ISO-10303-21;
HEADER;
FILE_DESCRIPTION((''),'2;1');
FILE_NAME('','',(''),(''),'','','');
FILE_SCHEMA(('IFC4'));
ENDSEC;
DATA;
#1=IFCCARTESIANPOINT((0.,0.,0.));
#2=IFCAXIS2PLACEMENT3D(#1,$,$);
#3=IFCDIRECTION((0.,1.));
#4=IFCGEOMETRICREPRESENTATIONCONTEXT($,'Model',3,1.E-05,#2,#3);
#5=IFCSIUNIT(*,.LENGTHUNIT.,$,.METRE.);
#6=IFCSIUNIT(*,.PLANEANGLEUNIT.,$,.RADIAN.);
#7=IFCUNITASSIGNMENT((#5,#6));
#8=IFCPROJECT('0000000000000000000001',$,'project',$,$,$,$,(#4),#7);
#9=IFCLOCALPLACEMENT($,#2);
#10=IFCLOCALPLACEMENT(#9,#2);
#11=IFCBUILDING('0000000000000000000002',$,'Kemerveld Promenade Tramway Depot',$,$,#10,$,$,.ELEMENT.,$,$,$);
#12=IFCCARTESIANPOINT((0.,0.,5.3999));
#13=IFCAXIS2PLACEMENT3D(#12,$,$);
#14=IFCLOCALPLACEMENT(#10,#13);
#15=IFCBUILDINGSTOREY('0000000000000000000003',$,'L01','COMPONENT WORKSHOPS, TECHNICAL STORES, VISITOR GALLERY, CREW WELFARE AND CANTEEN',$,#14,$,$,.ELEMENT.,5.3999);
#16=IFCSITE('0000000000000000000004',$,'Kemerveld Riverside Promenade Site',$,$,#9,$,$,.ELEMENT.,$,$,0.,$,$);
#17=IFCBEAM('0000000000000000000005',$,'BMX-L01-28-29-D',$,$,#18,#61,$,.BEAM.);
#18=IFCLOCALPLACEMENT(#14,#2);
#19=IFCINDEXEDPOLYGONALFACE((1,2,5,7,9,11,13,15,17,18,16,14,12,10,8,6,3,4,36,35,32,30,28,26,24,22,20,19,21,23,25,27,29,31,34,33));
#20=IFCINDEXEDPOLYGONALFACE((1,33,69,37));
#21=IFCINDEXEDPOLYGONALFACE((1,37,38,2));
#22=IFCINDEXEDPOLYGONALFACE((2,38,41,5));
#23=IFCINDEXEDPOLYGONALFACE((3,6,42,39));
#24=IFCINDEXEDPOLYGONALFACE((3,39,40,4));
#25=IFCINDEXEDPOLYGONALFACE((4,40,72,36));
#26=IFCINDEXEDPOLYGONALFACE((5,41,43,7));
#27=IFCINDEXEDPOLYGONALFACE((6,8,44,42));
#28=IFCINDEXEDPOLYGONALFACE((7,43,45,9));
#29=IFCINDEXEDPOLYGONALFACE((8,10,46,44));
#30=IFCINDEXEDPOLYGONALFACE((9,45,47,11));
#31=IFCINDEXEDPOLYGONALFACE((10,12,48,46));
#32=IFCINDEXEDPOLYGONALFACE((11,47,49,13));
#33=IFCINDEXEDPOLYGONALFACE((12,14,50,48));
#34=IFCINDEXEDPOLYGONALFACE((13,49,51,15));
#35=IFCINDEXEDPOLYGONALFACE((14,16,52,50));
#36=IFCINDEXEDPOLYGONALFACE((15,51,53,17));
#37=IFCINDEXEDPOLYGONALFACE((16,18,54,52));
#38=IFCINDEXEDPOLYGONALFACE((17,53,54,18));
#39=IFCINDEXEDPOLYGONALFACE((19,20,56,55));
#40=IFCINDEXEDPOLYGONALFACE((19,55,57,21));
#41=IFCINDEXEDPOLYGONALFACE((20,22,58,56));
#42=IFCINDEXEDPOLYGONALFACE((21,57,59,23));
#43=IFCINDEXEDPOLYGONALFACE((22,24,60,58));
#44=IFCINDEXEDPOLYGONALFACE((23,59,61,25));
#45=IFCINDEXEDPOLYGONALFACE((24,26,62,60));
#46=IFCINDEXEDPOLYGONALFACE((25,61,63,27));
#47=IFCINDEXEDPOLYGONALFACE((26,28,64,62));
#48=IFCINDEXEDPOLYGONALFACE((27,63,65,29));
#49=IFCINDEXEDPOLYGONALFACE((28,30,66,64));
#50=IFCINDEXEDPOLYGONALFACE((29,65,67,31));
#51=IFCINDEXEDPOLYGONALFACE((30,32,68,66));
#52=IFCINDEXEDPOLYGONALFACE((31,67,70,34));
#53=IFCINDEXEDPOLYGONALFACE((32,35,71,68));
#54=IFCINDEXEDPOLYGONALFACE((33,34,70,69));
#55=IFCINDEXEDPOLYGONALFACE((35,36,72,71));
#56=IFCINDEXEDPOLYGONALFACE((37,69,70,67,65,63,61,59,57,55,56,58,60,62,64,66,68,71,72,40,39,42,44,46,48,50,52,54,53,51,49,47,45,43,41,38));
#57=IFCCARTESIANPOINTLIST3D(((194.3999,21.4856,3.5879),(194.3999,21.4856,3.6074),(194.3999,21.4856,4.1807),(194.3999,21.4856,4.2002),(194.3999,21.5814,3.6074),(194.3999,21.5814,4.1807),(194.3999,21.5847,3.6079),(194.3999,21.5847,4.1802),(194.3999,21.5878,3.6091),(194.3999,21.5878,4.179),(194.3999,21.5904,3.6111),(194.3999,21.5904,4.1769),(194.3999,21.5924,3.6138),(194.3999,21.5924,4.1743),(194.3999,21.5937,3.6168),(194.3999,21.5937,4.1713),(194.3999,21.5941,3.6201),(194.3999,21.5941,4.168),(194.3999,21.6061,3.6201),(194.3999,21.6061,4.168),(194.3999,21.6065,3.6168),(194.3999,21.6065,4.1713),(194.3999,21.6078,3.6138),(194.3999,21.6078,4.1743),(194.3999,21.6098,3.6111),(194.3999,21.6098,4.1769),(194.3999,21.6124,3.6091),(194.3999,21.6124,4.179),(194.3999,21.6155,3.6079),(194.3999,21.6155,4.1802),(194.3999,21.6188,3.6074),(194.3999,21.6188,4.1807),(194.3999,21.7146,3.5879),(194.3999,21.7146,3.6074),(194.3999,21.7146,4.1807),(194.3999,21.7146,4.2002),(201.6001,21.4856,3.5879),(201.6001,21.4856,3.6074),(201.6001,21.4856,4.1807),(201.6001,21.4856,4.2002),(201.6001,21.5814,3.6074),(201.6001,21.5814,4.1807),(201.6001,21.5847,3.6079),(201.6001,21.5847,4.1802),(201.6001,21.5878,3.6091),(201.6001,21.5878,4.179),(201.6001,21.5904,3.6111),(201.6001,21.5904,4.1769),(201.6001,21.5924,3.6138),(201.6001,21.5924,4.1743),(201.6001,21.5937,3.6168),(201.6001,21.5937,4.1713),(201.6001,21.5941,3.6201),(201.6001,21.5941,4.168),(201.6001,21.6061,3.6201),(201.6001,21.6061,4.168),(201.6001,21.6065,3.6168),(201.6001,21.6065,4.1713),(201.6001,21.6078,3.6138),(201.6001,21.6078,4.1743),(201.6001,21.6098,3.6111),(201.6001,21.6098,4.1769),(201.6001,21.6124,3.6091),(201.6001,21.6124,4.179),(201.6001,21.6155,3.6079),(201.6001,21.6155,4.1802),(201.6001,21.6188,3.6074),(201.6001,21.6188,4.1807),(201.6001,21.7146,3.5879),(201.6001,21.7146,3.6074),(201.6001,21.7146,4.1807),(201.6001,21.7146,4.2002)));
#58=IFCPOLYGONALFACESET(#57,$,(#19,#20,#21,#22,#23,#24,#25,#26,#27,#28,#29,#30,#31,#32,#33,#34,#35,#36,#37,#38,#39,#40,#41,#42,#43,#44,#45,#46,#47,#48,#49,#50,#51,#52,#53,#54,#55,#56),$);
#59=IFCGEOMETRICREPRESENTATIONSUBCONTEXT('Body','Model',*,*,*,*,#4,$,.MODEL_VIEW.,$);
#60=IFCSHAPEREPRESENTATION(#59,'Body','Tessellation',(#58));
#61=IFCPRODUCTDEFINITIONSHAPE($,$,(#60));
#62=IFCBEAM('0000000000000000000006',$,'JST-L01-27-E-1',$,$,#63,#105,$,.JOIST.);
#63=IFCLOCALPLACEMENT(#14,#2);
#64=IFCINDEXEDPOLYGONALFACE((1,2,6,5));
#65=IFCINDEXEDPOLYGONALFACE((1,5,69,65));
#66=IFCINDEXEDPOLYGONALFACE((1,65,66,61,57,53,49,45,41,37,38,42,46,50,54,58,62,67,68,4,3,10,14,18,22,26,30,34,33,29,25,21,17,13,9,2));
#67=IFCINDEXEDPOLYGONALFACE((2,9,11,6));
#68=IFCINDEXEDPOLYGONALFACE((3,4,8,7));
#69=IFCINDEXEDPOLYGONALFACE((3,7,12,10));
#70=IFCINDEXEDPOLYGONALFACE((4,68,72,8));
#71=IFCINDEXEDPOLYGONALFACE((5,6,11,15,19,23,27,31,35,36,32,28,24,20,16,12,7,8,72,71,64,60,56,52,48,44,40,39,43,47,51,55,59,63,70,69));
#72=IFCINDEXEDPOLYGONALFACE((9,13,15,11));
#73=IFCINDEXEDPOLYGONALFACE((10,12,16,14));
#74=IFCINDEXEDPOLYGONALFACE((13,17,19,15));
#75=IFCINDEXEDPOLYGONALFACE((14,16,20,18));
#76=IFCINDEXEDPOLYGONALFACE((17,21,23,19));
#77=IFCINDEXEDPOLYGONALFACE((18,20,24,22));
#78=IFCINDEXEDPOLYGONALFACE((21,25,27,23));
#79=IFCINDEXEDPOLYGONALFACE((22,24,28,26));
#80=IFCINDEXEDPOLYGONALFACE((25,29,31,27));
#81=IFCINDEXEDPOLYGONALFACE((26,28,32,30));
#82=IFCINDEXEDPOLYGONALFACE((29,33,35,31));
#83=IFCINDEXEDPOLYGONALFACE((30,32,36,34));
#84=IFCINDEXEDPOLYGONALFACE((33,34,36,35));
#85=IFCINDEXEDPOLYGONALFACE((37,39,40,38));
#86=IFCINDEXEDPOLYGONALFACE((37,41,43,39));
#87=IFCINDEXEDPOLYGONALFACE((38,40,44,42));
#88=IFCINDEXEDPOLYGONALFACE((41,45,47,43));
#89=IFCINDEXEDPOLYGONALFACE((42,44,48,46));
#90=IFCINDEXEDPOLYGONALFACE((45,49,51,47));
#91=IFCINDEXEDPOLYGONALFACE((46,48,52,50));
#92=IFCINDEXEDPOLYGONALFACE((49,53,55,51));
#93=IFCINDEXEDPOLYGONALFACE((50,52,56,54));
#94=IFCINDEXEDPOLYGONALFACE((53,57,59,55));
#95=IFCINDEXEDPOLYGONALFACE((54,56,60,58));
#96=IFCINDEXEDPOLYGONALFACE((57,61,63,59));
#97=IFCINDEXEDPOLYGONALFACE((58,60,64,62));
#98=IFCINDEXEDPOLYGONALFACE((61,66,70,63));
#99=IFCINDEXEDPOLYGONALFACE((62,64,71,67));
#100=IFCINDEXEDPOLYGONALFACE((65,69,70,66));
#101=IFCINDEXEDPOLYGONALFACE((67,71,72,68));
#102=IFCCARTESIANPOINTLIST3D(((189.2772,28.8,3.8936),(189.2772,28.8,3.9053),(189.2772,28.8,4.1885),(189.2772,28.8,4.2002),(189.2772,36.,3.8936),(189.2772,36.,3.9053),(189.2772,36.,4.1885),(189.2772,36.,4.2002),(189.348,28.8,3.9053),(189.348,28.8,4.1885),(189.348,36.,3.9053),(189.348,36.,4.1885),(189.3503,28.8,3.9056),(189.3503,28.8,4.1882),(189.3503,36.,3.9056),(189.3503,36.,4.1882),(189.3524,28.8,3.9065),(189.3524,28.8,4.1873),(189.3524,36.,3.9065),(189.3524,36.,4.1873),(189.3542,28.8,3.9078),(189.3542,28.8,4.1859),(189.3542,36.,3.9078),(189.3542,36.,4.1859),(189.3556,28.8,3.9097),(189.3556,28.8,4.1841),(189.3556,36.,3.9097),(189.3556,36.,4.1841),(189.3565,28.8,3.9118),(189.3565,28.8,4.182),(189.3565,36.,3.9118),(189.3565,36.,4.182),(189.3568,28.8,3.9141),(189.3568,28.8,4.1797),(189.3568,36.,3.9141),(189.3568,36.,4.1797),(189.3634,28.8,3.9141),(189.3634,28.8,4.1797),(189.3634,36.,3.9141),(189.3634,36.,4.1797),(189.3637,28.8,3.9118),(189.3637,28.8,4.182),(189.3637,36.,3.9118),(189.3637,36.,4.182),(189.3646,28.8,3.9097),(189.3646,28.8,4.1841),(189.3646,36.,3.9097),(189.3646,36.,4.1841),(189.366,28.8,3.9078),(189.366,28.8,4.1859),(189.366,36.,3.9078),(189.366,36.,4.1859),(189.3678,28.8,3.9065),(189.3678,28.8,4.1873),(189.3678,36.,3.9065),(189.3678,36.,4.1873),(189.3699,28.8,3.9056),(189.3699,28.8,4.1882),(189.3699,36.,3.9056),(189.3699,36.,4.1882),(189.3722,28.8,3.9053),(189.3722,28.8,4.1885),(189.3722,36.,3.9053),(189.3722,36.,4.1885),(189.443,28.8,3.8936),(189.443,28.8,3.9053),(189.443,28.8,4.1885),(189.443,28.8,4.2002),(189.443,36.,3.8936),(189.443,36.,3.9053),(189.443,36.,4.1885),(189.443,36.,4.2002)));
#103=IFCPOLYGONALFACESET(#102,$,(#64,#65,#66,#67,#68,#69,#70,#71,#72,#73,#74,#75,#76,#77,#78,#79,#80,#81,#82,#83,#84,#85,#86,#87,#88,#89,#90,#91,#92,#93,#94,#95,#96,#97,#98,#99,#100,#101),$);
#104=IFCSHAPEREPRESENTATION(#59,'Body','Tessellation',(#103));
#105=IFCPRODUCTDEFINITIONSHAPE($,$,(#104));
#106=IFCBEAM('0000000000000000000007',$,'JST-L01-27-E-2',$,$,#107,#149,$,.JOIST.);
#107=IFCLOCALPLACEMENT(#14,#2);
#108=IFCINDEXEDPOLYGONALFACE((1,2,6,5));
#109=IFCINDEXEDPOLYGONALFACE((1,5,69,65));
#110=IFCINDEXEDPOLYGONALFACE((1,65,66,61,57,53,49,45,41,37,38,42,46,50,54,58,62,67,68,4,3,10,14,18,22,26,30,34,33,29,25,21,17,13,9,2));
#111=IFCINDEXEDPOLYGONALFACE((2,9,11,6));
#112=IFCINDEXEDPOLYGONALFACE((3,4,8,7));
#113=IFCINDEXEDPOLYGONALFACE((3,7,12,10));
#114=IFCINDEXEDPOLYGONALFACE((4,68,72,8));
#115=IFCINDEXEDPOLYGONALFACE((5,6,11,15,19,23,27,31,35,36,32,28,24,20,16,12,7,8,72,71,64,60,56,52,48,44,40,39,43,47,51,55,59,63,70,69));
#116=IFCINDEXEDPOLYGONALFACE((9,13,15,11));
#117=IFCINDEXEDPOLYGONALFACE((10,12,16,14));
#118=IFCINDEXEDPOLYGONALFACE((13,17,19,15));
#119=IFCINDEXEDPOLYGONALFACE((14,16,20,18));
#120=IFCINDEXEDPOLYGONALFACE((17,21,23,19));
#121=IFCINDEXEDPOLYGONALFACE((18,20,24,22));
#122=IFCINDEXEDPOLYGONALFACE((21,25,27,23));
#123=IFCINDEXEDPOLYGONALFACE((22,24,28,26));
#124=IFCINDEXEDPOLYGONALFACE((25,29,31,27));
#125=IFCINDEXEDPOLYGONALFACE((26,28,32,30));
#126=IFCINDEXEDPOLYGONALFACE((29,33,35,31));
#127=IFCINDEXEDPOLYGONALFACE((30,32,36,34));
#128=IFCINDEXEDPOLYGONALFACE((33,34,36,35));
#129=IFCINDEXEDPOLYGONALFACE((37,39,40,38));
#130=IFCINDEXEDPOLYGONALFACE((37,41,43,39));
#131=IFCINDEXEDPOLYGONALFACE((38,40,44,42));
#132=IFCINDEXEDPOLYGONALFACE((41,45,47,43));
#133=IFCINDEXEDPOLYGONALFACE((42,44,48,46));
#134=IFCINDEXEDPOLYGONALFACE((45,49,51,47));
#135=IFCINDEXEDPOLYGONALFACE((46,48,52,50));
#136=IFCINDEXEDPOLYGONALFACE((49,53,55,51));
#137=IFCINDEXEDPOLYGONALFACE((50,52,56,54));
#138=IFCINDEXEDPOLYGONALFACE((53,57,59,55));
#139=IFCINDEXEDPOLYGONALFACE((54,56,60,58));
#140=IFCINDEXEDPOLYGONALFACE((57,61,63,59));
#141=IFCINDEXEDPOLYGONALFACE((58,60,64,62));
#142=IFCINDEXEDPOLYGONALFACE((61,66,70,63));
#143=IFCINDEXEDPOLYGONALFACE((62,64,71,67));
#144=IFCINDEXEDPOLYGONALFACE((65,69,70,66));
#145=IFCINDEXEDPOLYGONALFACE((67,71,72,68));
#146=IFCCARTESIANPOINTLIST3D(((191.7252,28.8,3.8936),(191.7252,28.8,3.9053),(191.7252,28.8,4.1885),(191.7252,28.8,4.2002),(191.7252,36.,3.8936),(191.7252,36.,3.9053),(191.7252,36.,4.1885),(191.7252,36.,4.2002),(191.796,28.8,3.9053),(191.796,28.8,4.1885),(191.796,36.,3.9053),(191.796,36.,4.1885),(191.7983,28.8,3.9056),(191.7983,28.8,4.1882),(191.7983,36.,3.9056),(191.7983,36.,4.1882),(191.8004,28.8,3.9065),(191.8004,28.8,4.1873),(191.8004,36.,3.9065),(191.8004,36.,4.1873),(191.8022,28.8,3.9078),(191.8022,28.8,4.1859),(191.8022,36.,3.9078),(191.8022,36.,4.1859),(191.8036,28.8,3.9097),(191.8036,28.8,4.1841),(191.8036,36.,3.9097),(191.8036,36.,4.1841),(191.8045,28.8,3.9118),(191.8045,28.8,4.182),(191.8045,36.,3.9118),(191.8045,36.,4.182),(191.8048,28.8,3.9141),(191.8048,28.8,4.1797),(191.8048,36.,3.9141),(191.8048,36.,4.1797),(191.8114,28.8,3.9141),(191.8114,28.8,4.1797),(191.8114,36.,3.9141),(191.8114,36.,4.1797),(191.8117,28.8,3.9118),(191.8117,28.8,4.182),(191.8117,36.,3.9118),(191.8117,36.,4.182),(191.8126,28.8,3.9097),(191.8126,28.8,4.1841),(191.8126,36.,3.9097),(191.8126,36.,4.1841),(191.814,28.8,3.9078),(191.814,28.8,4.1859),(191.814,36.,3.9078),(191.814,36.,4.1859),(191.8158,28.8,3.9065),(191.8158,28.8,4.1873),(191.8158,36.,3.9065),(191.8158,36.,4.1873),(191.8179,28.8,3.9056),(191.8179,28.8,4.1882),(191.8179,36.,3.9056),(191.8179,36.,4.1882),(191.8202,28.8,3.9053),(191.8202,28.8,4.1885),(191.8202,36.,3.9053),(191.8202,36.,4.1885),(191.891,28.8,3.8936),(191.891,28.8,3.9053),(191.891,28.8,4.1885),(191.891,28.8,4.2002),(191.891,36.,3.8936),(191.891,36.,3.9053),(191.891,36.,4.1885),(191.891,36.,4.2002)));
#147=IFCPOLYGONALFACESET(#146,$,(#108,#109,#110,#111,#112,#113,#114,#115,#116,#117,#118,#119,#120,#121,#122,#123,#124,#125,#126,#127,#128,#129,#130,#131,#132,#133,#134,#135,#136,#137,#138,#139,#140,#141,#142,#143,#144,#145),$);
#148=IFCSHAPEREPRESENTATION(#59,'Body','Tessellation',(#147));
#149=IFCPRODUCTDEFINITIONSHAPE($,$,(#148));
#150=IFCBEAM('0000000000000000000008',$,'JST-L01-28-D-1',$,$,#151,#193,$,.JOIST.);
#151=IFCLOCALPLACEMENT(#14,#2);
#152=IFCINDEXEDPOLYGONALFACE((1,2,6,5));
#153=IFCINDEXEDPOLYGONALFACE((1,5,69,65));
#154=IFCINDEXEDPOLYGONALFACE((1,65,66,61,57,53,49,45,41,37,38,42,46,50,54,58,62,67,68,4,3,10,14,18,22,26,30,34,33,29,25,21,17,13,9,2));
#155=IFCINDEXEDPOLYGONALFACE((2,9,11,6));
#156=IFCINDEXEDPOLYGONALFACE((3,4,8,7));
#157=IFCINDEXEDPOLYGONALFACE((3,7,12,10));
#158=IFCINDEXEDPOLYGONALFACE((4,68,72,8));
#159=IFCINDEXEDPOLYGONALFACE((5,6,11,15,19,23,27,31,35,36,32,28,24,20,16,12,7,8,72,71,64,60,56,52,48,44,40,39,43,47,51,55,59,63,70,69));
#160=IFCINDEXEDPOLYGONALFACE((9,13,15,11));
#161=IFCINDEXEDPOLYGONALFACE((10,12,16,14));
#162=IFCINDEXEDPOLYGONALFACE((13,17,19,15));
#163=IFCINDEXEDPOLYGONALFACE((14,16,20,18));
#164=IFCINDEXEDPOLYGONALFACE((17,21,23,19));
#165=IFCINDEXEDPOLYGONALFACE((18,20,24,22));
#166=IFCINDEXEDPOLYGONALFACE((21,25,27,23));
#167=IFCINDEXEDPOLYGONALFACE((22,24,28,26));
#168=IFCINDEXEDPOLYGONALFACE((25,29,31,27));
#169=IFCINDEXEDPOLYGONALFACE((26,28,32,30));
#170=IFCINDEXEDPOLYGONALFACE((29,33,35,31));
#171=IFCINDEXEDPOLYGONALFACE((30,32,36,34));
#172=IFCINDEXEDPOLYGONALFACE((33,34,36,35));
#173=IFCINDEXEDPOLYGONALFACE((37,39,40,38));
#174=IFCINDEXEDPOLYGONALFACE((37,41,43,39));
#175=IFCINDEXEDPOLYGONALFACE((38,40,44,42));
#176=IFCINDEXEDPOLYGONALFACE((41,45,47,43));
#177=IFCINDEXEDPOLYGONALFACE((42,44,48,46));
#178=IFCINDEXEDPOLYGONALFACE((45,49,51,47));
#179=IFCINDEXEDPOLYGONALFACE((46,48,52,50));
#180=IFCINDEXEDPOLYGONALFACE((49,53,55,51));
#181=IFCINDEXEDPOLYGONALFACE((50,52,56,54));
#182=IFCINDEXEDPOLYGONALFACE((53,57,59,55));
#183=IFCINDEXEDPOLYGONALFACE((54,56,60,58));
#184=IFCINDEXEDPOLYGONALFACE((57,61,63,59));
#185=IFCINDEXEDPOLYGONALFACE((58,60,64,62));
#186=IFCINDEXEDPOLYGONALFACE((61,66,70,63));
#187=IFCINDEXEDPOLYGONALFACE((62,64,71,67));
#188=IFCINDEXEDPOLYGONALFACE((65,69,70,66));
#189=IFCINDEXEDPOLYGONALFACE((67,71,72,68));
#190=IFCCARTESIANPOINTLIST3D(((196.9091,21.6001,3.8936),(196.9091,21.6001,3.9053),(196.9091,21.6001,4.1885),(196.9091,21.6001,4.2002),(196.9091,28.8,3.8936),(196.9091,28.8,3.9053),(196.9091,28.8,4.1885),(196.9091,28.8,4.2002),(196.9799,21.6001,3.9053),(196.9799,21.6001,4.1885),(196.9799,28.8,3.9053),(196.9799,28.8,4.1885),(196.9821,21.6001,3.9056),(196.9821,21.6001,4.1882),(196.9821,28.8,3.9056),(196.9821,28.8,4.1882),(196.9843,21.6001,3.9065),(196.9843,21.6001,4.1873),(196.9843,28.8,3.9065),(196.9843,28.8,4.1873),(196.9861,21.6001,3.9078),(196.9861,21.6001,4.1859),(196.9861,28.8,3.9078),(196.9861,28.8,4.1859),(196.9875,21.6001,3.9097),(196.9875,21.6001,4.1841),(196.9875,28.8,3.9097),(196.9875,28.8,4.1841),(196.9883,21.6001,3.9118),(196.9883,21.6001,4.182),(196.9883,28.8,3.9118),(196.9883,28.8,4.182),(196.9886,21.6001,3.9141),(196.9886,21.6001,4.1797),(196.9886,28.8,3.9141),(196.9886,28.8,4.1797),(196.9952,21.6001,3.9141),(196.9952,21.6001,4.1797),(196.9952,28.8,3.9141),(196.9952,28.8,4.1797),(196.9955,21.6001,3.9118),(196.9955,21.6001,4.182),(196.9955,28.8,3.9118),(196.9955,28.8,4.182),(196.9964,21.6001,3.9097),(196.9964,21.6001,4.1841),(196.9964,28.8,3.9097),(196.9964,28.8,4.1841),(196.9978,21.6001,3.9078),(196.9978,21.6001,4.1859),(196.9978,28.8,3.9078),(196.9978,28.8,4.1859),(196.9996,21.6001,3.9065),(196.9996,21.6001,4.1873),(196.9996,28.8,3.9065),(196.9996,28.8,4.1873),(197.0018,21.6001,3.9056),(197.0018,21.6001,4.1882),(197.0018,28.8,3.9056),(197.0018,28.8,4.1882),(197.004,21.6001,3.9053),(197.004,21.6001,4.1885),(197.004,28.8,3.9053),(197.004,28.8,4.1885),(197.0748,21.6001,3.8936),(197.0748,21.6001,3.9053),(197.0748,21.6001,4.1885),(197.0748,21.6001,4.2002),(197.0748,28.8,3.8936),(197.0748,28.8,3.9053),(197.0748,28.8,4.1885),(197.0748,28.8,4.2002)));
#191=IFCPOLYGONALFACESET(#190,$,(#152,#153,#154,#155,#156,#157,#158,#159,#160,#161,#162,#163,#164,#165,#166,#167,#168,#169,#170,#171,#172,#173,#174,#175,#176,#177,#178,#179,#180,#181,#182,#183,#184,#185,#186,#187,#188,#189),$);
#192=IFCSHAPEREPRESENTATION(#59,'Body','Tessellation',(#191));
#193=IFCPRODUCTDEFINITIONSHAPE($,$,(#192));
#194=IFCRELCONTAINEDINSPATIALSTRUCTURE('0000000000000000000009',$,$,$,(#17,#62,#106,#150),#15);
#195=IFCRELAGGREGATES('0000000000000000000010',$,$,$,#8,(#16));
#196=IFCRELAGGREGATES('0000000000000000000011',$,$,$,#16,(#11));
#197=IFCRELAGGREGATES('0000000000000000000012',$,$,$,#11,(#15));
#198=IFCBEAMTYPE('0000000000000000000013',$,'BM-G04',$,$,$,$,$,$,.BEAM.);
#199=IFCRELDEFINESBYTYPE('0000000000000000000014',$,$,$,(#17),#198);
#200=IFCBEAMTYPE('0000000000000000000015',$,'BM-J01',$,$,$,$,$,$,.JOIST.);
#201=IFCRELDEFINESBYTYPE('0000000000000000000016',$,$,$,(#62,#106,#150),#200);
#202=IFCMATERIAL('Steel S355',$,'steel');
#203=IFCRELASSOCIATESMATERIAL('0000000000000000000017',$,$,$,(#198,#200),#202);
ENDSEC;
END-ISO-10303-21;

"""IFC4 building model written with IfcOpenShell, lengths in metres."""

from ifc_helpers import new_model, si_unit, direction, frame, origin, origin_2d, place, context, subcontext, project, spatial, i_section, extrude, material, material_profile, profile_set, type_object, element, save


model = new_model("IFC4")

# Units and contexts
model_context = context("Model", 3, precision=1e-05, world=origin(), true_north=direction((0.0, 1.0)))
body_context = subcontext(model_context, "Body", "Model", "MODEL_VIEW")
ifc_project = project(units=[si_unit("LENGTHUNIT", "METRE"), si_unit("PLANEANGLEUNIT", "RADIAN")], contexts=[model_context])

# Site, building, storey
site_placement = place(None, origin())
site = spatial("IfcSite", under=ifc_project, at=site_placement, Name="Kemerveld Riverside Promenade Site", CompositionType="ELEMENT", RefElevation=0.0)
building_placement = place(site_placement, origin())
building = spatial("IfcBuilding", under=site, at=building_placement, Name="Kemerveld Promenade Tramway Depot", CompositionType="ELEMENT")
storey_placement = place(building_placement, frame((0.0, 0.0, 5.3999)))
storey = spatial("IfcBuildingStorey", under=building, at=storey_placement, Name="L01", Description="COMPONENT WORKSHOPS, TECHNICAL STORES, VISITOR GALLERY, CREW WELFARE AND CANTEEN", CompositionType="ELEMENT", Elevation=5.3999)

# Shared definitions
ifc_material_1 = material(Name="Steel S355", Category="steel")

# Beams
ifc_material_profile_1 = material_profile(ifc_material_1, i_section(OverallWidth=0.229, OverallDepth=0.6123, WebThickness=0.012, FlangeThickness=0.0195, FilletRadius=0.0127, at=origin_2d()), Name="610x229x125 UB")
ifc_profile_set_1 = profile_set([ifc_material_profile_1], Name="Steel S355")
beam_type_1 = type_object("IfcBeamType", Name="BM-G04", PredefinedType="BEAM", material=ifc_profile_set_1)
beam_1_placement = place(storey_placement, frame((194.3999, 21.6001, 3.894), z_axis=(1.0, 0.0, 0.0), x_axis=(0.0, 1.0, 0.0)))
element("IfcBeam", 1, at=beam_1_placement, inside=storey, type_object=beam_type_1, Name="BMX-L01-28-29-D", PredefinedType="BEAM", context=body_context, shape_type="SweptSolid", body=[
    extrude(i_section(OverallWidth=0.229, OverallDepth=0.6123, WebThickness=0.012, FlangeThickness=0.0195, FilletRadius=0.0127, at=origin_2d()), origin(), (0.0, 0.0, 1.0), 7.2002),
])
ifc_material_profile_2 = material_profile(ifc_material_1, i_section(OverallWidth=0.1658, OverallDepth=0.3066, WebThickness=0.0066, FlangeThickness=0.0117, FilletRadius=0.0088, at=origin_2d()), Name="305x165x46 UB")
ifc_profile_set_2 = profile_set([ifc_material_profile_2], Name="Steel S355")
beam_type_2 = type_object("IfcBeamType", Name="BM-J01", PredefinedType="JOIST", material=ifc_profile_set_2)
for number, where, z_axis, x_axis, name in (
    (2, (189.3601, 28.8, 4.0469), (0.0, 1.0, 0.0), (-1.0, 0.0, 0.0), "JST-L01-27-E-1"),
    (3, (191.8081, 28.8, 4.0469), (0.0, 1.0, 0.0), (-1.0, 0.0, 0.0), "JST-L01-27-E-2"),
    (4, (196.9919, 21.6001, 4.0469), (0.0, 1.0, 0.0), (-1.0, 0.0, 0.0), "JST-L01-28-D-1"),
):
    element("IfcBeam", number, at=place(storey_placement, frame(where, z_axis=z_axis, x_axis=x_axis)), inside=storey, type_object=beam_type_2, Name=name, PredefinedType="JOIST", context=body_context, shape_type="SweptSolid", body=[
        extrude(i_section(OverallWidth=0.1658, OverallDepth=0.3066, WebThickness=0.0066, FlangeThickness=0.0117, FilletRadius=0.0088, at=origin_2d()), origin(), (0.0, 0.0, 1.0), 7.2),
    ])

save(model, "model.ifc")
